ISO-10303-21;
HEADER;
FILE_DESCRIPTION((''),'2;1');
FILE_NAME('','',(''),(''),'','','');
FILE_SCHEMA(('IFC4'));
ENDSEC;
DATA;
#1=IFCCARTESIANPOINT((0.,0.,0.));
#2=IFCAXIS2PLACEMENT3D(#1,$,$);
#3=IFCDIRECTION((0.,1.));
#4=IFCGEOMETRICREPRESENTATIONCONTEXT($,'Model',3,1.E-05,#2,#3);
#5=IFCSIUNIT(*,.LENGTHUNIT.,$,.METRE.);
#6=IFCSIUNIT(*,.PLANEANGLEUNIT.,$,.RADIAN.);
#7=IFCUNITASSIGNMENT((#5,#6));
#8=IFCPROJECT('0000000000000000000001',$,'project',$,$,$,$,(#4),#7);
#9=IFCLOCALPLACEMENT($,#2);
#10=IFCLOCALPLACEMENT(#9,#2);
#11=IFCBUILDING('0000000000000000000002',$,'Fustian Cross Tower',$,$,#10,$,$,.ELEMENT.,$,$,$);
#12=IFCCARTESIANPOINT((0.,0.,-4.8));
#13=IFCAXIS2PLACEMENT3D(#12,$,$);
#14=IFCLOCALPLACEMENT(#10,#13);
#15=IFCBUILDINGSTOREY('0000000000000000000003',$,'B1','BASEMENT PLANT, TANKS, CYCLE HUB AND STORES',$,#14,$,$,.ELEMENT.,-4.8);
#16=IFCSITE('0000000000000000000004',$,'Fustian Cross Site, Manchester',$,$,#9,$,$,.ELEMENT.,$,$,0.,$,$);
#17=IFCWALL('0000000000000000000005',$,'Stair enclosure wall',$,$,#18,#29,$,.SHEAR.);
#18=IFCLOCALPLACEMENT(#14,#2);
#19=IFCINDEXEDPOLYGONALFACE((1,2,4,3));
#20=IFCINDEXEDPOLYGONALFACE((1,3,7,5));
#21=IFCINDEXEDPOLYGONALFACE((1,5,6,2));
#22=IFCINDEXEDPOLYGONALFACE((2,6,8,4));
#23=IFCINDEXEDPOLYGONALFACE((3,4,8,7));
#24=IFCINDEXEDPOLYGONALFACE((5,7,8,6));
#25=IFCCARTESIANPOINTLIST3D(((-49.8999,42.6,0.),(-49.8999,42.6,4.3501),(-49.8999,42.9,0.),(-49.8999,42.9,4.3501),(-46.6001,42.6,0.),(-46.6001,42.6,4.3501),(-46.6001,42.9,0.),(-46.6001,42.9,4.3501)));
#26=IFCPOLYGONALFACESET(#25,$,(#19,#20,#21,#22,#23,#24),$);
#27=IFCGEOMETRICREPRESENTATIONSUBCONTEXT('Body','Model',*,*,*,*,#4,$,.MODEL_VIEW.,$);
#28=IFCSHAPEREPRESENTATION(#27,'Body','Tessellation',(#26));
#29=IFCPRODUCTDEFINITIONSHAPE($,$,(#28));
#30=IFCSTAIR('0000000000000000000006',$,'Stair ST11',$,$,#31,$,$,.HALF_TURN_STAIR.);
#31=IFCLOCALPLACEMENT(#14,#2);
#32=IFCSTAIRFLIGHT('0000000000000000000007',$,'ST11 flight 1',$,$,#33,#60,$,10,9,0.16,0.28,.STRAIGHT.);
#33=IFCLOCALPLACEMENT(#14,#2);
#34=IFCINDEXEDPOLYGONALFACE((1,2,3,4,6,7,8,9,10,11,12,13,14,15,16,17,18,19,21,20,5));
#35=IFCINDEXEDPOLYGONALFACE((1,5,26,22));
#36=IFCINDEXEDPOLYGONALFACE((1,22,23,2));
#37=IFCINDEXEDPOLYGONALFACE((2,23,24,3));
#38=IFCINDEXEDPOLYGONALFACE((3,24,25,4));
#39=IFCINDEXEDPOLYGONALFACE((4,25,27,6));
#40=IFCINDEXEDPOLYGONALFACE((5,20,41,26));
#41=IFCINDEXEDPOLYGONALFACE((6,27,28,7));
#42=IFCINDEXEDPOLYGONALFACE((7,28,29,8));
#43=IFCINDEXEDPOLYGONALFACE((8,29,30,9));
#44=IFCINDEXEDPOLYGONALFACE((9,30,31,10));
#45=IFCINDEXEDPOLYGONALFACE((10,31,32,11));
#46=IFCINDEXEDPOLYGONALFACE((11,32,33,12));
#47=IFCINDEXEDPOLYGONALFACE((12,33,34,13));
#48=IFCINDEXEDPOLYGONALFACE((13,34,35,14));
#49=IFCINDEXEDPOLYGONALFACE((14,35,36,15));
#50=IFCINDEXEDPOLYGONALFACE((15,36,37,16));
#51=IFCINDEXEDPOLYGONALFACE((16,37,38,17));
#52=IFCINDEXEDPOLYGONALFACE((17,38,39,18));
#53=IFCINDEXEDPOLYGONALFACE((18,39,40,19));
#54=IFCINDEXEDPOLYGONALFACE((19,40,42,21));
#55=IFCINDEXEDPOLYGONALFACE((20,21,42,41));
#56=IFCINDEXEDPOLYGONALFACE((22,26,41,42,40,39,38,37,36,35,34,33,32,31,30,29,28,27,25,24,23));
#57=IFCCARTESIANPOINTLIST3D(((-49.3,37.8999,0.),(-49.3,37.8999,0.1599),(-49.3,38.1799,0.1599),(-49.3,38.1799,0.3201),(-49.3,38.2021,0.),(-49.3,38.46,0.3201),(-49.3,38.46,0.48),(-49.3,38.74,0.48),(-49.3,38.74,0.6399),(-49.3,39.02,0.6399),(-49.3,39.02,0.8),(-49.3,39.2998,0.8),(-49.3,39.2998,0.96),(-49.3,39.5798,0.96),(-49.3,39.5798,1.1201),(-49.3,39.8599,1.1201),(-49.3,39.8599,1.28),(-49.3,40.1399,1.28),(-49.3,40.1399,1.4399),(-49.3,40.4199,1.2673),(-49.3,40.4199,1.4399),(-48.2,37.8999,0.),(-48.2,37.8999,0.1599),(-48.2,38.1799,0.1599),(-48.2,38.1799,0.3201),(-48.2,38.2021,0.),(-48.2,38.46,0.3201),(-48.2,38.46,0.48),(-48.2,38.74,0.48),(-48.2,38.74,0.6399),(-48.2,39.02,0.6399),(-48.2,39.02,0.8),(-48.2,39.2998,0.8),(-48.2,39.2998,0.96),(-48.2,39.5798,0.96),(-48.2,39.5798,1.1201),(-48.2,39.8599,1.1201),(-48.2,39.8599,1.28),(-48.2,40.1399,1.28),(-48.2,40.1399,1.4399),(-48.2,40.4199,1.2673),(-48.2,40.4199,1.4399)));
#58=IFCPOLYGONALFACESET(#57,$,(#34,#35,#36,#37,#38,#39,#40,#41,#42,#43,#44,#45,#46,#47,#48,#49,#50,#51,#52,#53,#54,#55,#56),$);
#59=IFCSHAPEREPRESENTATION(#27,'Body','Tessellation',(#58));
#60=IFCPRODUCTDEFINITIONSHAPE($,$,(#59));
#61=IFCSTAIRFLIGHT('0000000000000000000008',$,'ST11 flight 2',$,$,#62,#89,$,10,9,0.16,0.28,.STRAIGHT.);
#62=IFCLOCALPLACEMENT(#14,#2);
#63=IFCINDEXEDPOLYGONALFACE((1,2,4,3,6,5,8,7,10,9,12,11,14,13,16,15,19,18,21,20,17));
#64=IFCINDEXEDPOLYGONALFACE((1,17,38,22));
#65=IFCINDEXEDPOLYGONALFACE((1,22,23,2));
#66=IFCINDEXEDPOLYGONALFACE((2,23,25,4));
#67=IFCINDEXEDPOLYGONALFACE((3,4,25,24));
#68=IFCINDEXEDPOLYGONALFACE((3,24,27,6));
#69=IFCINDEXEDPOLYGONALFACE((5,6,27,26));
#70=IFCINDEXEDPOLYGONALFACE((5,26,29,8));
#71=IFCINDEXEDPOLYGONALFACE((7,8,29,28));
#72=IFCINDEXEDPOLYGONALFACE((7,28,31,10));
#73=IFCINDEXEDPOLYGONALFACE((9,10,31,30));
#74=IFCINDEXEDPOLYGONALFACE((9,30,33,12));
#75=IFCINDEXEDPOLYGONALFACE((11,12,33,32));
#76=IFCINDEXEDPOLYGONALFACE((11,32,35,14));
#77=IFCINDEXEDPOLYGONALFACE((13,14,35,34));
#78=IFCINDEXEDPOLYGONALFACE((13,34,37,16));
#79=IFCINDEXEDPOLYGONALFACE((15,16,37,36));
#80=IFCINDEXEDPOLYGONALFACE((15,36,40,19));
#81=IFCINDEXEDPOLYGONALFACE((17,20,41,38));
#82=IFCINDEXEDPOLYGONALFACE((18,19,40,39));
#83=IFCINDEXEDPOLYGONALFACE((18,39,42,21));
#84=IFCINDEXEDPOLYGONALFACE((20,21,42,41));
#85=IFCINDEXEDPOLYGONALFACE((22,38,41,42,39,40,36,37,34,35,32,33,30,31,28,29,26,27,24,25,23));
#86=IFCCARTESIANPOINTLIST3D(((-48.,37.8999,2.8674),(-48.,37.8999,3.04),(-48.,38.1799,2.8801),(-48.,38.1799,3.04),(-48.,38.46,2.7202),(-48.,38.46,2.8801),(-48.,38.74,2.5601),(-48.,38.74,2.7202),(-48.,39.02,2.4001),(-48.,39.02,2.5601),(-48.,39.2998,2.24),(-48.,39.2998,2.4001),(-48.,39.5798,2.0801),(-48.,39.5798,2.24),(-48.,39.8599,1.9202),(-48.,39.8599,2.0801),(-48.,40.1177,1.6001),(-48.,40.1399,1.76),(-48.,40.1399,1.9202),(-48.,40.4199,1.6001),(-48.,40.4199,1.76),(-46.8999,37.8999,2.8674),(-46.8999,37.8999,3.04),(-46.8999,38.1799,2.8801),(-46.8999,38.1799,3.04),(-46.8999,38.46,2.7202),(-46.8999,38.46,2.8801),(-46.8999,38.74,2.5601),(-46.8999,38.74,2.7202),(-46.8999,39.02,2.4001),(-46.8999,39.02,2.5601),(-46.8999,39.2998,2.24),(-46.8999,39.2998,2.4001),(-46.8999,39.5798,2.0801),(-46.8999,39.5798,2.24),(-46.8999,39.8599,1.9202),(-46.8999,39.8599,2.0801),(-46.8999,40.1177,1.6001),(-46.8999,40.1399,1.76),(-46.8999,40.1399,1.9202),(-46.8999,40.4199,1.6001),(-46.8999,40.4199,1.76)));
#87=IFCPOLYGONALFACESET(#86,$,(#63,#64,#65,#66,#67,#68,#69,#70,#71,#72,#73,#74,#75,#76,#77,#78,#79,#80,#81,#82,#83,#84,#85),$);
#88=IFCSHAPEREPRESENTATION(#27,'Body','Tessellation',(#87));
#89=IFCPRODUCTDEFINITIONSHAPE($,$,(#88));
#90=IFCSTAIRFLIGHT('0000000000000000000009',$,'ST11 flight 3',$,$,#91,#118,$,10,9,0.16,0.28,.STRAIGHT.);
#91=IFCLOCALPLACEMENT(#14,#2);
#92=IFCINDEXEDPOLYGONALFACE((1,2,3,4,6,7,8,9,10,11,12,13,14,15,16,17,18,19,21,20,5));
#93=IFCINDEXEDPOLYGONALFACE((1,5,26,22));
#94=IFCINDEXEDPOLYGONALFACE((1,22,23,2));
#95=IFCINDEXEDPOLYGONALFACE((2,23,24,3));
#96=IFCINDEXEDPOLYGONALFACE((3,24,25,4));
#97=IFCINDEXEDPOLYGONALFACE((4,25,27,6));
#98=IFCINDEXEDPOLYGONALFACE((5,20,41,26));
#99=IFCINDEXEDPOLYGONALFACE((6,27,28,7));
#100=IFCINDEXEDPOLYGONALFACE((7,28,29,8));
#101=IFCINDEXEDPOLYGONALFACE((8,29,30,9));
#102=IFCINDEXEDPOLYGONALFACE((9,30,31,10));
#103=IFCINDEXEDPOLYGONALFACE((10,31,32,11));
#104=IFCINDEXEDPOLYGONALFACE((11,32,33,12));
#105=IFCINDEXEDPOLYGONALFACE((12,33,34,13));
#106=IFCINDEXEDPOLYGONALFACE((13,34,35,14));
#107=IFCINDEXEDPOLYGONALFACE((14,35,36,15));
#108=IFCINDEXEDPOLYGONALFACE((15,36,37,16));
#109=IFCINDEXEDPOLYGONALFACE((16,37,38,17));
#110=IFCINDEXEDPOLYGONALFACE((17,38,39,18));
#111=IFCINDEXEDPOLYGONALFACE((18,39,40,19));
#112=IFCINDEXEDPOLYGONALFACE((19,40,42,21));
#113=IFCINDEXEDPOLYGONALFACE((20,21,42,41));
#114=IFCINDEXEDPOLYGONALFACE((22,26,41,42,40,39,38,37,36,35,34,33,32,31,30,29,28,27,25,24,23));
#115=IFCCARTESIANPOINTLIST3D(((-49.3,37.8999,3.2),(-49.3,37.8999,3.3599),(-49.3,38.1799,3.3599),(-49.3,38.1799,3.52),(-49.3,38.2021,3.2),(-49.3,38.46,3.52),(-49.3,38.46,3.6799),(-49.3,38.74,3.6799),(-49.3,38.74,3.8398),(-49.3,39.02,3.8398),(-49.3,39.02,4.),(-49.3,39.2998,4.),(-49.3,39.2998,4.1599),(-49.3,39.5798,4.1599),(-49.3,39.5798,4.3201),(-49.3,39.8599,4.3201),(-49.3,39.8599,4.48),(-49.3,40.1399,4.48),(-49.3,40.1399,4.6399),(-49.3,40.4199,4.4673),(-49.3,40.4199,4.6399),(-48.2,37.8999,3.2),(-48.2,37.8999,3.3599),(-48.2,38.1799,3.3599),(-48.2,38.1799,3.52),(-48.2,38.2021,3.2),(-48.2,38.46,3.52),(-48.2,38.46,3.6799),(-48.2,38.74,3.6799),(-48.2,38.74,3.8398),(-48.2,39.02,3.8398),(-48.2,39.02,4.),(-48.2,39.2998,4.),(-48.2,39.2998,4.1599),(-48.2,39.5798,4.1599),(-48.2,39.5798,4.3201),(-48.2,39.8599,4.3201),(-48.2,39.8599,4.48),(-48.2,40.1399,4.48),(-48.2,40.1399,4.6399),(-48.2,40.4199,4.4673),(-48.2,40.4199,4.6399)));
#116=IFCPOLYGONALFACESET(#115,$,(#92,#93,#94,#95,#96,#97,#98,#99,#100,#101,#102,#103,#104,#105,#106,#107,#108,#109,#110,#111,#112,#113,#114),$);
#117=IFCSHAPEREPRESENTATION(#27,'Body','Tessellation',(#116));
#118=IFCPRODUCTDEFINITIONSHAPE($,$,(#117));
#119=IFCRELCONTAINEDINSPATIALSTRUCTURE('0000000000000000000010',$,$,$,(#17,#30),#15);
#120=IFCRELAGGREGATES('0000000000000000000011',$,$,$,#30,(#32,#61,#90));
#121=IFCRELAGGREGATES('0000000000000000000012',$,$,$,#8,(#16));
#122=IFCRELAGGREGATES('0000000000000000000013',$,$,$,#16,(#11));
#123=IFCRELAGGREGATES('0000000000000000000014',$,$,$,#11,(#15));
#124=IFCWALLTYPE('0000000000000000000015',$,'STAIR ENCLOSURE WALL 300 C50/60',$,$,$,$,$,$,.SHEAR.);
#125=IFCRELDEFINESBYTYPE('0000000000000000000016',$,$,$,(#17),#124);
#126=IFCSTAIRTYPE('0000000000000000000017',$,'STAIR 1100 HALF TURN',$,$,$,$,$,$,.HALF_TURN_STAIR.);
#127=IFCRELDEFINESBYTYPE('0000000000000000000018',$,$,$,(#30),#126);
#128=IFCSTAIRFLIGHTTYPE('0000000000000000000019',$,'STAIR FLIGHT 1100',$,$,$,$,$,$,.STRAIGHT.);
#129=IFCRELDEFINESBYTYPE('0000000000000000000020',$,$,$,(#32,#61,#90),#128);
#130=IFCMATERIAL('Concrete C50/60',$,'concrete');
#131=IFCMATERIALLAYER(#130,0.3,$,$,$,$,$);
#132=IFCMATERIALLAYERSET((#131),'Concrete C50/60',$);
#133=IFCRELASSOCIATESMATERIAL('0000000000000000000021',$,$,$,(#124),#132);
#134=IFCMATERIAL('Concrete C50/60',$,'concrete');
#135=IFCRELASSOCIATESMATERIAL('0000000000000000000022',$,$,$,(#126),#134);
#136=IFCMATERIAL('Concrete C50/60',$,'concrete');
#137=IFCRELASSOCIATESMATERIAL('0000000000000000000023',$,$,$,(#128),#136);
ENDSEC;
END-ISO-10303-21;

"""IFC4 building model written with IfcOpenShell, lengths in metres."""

from ifc_helpers import new_model, si_unit, direction, frame, frame_2d, origin, place, context, subcontext, project, spatial, polyline, rectangle, outline, extrude, material, layer, layer_set, type_object, element, aggregate, save


model = new_model("IFC4")

# Units and contexts
model_context = context("Model", 3, precision=1e-05, world=origin(), true_north=direction((0.0, 1.0)))
body_context = subcontext(model_context, "Body", "Model", "MODEL_VIEW")
ifc_project = project(units=[si_unit("LENGTHUNIT", "METRE"), si_unit("PLANEANGLEUNIT", "RADIAN")], contexts=[model_context])

# Site, building, storey
site_placement = place(None, origin())
site = spatial("IfcSite", under=ifc_project, at=site_placement, Name="Fustian Cross Site, Manchester", CompositionType="ELEMENT", RefElevation=0.0)
building_placement = place(site_placement, origin())
building = spatial("IfcBuilding", under=site, at=building_placement, Name="Fustian Cross Tower", CompositionType="ELEMENT")
storey_placement = place(building_placement, frame((0.0, 0.0, -4.8)))
storey = spatial("IfcBuildingStorey", under=building, at=storey_placement, Name="B1", Description="BASEMENT PLANT, TANKS, CYCLE HUB AND STORES", CompositionType="ELEMENT", Elevation=-4.8)

# Wall
ifc_material_1 = material(Name="Concrete C50/60", Category="concrete")
ifc_layer_1 = layer(ifc_material_1, 0.3)
ifc_layer_set_1 = layer_set([ifc_layer_1], Name="Concrete C50/60")
wall_type_1 = type_object("IfcWallType", Name="STAIR ENCLOSURE WALL 300 C50/60", PredefinedType="SHEAR", material=ifc_layer_set_1)
wall_1_placement = place(storey_placement, frame((-49.8999, 42.75, 0.0), z_axis=(0.0, 0.0, 1.0), x_axis=(1.0, 0.0, 0.0)))
element("IfcWall", 1, at=wall_1_placement, inside=storey, type_object=wall_type_1, Name="Stair enclosure wall", PredefinedType="SHEAR", context=body_context, shape_type="SweptSolid", body=[
    extrude(rectangle(XDim=3.2998, YDim=0.3, at=frame_2d((1.6499, 0.0))), origin(), (0.0, 0.0, 1.0), 4.3501),
])

# Stair, stair flights
ifc_material_2 = material(Name="Concrete C50/60", Category="concrete")
stair_type = type_object("IfcStairType", Name="STAIR 1100 HALF TURN", PredefinedType="HALF_TURN_STAIR", material=ifc_material_2)
stair_placement = place(storey_placement, origin())
stair = element("IfcStair", 2, at=stair_placement, inside=storey, type_object=stair_type, Name="Stair ST11", PredefinedType="HALF_TURN_STAIR")
ifc_material_3 = material(Name="Concrete C50/60", Category="concrete")
stair_flight_type = type_object("IfcStairFlightType", Name="STAIR FLIGHT 1100", PredefinedType="STRAIGHT", material=ifc_material_3)
stair_flight_1_placement = place(storey_placement, frame((-48.75, 37.8999, 0.0), z_axis=(0.0, 0.0, 1.0), x_axis=(0.0, 1.0, 0.0)))
stair_flight_1 = element("IfcStairFlight", 3, at=stair_flight_1_placement, type_object=stair_flight_type, Name="ST11 flight 1", NumberOfRisers=10, NumberOfTreads=9, PredefinedType="STRAIGHT", RiserHeight=0.16, TreadLength=0.28, context=body_context, shape_type="SweptSolid", body=[
    extrude(outline(polyline([(0.0, 0.0), (0.0, 0.1599), (0.28, 0.1599), (0.28, 0.3201), (0.5601, 0.3201), (0.5601, 0.48), (0.8401, 0.48), (0.8401, 0.6399), (1.1201, 0.6399), (1.1201, 0.8), (1.3999, 0.8), (1.3999, 0.96), (1.6799, 0.96), (1.6799, 1.1201), (1.96, 1.1201), (1.96, 1.28), (2.24, 1.28), (2.24, 1.4399), (2.52, 1.4399), (2.52, 1.6001), (2.52, 1.2673), (0.3022, 0.0), (0.0, 0.0)])), frame((0.0, 0.55, 0.0), z_axis=(0.0, -1.0, 0.0), x_axis=(1.0, 0.0, 0.0)), (0.0, 0.0, 1.0), 1.1001),
])
stair_flight_2_placement = place(storey_placement, frame((-47.45, 40.4199, 1.6001), z_axis=(0.0, 0.0, 1.0), x_axis=(0.0, -1.0, 0.0)))
stair_flight_2 = element("IfcStairFlight", 4, at=stair_flight_2_placement, type_object=stair_flight_type, Name="ST11 flight 2", NumberOfRisers=10, NumberOfTreads=9, PredefinedType="STRAIGHT", RiserHeight=0.16, TreadLength=0.28, context=body_context, shape_type="SweptSolid", body=[
    extrude(outline(polyline([(0.0, 0.0), (0.0, 0.1599), (0.28, 0.1599), (0.28, 0.3201), (0.5601, 0.3201), (0.5601, 0.48), (0.8401, 0.48), (0.8401, 0.6399), (1.1201, 0.6399), (1.1201, 0.8), (1.3999, 0.8), (1.3999, 0.96), (1.6799, 0.96), (1.6799, 1.1201), (1.96, 1.1201), (1.96, 1.28), (2.24, 1.28), (2.24, 1.4399), (2.52, 1.4399), (2.52, 1.6001), (2.52, 1.2673), (0.3022, 0.0), (0.0, 0.0)])), frame((0.0, 0.55, 0.0), z_axis=(0.0, -1.0, 0.0), x_axis=(1.0, 0.0, 0.0)), (0.0, 0.0, 1.0), 1.1001),
])
stair_flight_3_placement = place(storey_placement, frame((-48.75, 37.8999, 3.2), z_axis=(0.0, 0.0, 1.0), x_axis=(0.0, 1.0, 0.0)))
stair_flight_3 = element("IfcStairFlight", 5, at=stair_flight_3_placement, type_object=stair_flight_type, Name="ST11 flight 3", NumberOfRisers=10, NumberOfTreads=9, PredefinedType="STRAIGHT", RiserHeight=0.16, TreadLength=0.28, context=body_context, shape_type="SweptSolid", body=[
    extrude(outline(polyline([(0.0, 0.0), (0.0, 0.1599), (0.28, 0.1599), (0.28, 0.3201), (0.5601, 0.3201), (0.5601, 0.48), (0.8401, 0.48), (0.8401, 0.6399), (1.1201, 0.6399), (1.1201, 0.8), (1.3999, 0.8), (1.3999, 0.96), (1.6799, 0.96), (1.6799, 1.1201), (1.96, 1.1201), (1.96, 1.28), (2.24, 1.28), (2.24, 1.4399), (2.52, 1.4399), (2.52, 1.6001), (2.52, 1.2673), (0.3022, 0.0), (0.0, 0.0)])), frame((0.0, 0.55, 0.0), z_axis=(0.0, -1.0, 0.0), x_axis=(1.0, 0.0, 0.0)), (0.0, 0.0, 1.0), 1.1001),
])
aggregate(stair, [stair_flight_1, stair_flight_2, stair_flight_3])

save(model, "model.ifc")
